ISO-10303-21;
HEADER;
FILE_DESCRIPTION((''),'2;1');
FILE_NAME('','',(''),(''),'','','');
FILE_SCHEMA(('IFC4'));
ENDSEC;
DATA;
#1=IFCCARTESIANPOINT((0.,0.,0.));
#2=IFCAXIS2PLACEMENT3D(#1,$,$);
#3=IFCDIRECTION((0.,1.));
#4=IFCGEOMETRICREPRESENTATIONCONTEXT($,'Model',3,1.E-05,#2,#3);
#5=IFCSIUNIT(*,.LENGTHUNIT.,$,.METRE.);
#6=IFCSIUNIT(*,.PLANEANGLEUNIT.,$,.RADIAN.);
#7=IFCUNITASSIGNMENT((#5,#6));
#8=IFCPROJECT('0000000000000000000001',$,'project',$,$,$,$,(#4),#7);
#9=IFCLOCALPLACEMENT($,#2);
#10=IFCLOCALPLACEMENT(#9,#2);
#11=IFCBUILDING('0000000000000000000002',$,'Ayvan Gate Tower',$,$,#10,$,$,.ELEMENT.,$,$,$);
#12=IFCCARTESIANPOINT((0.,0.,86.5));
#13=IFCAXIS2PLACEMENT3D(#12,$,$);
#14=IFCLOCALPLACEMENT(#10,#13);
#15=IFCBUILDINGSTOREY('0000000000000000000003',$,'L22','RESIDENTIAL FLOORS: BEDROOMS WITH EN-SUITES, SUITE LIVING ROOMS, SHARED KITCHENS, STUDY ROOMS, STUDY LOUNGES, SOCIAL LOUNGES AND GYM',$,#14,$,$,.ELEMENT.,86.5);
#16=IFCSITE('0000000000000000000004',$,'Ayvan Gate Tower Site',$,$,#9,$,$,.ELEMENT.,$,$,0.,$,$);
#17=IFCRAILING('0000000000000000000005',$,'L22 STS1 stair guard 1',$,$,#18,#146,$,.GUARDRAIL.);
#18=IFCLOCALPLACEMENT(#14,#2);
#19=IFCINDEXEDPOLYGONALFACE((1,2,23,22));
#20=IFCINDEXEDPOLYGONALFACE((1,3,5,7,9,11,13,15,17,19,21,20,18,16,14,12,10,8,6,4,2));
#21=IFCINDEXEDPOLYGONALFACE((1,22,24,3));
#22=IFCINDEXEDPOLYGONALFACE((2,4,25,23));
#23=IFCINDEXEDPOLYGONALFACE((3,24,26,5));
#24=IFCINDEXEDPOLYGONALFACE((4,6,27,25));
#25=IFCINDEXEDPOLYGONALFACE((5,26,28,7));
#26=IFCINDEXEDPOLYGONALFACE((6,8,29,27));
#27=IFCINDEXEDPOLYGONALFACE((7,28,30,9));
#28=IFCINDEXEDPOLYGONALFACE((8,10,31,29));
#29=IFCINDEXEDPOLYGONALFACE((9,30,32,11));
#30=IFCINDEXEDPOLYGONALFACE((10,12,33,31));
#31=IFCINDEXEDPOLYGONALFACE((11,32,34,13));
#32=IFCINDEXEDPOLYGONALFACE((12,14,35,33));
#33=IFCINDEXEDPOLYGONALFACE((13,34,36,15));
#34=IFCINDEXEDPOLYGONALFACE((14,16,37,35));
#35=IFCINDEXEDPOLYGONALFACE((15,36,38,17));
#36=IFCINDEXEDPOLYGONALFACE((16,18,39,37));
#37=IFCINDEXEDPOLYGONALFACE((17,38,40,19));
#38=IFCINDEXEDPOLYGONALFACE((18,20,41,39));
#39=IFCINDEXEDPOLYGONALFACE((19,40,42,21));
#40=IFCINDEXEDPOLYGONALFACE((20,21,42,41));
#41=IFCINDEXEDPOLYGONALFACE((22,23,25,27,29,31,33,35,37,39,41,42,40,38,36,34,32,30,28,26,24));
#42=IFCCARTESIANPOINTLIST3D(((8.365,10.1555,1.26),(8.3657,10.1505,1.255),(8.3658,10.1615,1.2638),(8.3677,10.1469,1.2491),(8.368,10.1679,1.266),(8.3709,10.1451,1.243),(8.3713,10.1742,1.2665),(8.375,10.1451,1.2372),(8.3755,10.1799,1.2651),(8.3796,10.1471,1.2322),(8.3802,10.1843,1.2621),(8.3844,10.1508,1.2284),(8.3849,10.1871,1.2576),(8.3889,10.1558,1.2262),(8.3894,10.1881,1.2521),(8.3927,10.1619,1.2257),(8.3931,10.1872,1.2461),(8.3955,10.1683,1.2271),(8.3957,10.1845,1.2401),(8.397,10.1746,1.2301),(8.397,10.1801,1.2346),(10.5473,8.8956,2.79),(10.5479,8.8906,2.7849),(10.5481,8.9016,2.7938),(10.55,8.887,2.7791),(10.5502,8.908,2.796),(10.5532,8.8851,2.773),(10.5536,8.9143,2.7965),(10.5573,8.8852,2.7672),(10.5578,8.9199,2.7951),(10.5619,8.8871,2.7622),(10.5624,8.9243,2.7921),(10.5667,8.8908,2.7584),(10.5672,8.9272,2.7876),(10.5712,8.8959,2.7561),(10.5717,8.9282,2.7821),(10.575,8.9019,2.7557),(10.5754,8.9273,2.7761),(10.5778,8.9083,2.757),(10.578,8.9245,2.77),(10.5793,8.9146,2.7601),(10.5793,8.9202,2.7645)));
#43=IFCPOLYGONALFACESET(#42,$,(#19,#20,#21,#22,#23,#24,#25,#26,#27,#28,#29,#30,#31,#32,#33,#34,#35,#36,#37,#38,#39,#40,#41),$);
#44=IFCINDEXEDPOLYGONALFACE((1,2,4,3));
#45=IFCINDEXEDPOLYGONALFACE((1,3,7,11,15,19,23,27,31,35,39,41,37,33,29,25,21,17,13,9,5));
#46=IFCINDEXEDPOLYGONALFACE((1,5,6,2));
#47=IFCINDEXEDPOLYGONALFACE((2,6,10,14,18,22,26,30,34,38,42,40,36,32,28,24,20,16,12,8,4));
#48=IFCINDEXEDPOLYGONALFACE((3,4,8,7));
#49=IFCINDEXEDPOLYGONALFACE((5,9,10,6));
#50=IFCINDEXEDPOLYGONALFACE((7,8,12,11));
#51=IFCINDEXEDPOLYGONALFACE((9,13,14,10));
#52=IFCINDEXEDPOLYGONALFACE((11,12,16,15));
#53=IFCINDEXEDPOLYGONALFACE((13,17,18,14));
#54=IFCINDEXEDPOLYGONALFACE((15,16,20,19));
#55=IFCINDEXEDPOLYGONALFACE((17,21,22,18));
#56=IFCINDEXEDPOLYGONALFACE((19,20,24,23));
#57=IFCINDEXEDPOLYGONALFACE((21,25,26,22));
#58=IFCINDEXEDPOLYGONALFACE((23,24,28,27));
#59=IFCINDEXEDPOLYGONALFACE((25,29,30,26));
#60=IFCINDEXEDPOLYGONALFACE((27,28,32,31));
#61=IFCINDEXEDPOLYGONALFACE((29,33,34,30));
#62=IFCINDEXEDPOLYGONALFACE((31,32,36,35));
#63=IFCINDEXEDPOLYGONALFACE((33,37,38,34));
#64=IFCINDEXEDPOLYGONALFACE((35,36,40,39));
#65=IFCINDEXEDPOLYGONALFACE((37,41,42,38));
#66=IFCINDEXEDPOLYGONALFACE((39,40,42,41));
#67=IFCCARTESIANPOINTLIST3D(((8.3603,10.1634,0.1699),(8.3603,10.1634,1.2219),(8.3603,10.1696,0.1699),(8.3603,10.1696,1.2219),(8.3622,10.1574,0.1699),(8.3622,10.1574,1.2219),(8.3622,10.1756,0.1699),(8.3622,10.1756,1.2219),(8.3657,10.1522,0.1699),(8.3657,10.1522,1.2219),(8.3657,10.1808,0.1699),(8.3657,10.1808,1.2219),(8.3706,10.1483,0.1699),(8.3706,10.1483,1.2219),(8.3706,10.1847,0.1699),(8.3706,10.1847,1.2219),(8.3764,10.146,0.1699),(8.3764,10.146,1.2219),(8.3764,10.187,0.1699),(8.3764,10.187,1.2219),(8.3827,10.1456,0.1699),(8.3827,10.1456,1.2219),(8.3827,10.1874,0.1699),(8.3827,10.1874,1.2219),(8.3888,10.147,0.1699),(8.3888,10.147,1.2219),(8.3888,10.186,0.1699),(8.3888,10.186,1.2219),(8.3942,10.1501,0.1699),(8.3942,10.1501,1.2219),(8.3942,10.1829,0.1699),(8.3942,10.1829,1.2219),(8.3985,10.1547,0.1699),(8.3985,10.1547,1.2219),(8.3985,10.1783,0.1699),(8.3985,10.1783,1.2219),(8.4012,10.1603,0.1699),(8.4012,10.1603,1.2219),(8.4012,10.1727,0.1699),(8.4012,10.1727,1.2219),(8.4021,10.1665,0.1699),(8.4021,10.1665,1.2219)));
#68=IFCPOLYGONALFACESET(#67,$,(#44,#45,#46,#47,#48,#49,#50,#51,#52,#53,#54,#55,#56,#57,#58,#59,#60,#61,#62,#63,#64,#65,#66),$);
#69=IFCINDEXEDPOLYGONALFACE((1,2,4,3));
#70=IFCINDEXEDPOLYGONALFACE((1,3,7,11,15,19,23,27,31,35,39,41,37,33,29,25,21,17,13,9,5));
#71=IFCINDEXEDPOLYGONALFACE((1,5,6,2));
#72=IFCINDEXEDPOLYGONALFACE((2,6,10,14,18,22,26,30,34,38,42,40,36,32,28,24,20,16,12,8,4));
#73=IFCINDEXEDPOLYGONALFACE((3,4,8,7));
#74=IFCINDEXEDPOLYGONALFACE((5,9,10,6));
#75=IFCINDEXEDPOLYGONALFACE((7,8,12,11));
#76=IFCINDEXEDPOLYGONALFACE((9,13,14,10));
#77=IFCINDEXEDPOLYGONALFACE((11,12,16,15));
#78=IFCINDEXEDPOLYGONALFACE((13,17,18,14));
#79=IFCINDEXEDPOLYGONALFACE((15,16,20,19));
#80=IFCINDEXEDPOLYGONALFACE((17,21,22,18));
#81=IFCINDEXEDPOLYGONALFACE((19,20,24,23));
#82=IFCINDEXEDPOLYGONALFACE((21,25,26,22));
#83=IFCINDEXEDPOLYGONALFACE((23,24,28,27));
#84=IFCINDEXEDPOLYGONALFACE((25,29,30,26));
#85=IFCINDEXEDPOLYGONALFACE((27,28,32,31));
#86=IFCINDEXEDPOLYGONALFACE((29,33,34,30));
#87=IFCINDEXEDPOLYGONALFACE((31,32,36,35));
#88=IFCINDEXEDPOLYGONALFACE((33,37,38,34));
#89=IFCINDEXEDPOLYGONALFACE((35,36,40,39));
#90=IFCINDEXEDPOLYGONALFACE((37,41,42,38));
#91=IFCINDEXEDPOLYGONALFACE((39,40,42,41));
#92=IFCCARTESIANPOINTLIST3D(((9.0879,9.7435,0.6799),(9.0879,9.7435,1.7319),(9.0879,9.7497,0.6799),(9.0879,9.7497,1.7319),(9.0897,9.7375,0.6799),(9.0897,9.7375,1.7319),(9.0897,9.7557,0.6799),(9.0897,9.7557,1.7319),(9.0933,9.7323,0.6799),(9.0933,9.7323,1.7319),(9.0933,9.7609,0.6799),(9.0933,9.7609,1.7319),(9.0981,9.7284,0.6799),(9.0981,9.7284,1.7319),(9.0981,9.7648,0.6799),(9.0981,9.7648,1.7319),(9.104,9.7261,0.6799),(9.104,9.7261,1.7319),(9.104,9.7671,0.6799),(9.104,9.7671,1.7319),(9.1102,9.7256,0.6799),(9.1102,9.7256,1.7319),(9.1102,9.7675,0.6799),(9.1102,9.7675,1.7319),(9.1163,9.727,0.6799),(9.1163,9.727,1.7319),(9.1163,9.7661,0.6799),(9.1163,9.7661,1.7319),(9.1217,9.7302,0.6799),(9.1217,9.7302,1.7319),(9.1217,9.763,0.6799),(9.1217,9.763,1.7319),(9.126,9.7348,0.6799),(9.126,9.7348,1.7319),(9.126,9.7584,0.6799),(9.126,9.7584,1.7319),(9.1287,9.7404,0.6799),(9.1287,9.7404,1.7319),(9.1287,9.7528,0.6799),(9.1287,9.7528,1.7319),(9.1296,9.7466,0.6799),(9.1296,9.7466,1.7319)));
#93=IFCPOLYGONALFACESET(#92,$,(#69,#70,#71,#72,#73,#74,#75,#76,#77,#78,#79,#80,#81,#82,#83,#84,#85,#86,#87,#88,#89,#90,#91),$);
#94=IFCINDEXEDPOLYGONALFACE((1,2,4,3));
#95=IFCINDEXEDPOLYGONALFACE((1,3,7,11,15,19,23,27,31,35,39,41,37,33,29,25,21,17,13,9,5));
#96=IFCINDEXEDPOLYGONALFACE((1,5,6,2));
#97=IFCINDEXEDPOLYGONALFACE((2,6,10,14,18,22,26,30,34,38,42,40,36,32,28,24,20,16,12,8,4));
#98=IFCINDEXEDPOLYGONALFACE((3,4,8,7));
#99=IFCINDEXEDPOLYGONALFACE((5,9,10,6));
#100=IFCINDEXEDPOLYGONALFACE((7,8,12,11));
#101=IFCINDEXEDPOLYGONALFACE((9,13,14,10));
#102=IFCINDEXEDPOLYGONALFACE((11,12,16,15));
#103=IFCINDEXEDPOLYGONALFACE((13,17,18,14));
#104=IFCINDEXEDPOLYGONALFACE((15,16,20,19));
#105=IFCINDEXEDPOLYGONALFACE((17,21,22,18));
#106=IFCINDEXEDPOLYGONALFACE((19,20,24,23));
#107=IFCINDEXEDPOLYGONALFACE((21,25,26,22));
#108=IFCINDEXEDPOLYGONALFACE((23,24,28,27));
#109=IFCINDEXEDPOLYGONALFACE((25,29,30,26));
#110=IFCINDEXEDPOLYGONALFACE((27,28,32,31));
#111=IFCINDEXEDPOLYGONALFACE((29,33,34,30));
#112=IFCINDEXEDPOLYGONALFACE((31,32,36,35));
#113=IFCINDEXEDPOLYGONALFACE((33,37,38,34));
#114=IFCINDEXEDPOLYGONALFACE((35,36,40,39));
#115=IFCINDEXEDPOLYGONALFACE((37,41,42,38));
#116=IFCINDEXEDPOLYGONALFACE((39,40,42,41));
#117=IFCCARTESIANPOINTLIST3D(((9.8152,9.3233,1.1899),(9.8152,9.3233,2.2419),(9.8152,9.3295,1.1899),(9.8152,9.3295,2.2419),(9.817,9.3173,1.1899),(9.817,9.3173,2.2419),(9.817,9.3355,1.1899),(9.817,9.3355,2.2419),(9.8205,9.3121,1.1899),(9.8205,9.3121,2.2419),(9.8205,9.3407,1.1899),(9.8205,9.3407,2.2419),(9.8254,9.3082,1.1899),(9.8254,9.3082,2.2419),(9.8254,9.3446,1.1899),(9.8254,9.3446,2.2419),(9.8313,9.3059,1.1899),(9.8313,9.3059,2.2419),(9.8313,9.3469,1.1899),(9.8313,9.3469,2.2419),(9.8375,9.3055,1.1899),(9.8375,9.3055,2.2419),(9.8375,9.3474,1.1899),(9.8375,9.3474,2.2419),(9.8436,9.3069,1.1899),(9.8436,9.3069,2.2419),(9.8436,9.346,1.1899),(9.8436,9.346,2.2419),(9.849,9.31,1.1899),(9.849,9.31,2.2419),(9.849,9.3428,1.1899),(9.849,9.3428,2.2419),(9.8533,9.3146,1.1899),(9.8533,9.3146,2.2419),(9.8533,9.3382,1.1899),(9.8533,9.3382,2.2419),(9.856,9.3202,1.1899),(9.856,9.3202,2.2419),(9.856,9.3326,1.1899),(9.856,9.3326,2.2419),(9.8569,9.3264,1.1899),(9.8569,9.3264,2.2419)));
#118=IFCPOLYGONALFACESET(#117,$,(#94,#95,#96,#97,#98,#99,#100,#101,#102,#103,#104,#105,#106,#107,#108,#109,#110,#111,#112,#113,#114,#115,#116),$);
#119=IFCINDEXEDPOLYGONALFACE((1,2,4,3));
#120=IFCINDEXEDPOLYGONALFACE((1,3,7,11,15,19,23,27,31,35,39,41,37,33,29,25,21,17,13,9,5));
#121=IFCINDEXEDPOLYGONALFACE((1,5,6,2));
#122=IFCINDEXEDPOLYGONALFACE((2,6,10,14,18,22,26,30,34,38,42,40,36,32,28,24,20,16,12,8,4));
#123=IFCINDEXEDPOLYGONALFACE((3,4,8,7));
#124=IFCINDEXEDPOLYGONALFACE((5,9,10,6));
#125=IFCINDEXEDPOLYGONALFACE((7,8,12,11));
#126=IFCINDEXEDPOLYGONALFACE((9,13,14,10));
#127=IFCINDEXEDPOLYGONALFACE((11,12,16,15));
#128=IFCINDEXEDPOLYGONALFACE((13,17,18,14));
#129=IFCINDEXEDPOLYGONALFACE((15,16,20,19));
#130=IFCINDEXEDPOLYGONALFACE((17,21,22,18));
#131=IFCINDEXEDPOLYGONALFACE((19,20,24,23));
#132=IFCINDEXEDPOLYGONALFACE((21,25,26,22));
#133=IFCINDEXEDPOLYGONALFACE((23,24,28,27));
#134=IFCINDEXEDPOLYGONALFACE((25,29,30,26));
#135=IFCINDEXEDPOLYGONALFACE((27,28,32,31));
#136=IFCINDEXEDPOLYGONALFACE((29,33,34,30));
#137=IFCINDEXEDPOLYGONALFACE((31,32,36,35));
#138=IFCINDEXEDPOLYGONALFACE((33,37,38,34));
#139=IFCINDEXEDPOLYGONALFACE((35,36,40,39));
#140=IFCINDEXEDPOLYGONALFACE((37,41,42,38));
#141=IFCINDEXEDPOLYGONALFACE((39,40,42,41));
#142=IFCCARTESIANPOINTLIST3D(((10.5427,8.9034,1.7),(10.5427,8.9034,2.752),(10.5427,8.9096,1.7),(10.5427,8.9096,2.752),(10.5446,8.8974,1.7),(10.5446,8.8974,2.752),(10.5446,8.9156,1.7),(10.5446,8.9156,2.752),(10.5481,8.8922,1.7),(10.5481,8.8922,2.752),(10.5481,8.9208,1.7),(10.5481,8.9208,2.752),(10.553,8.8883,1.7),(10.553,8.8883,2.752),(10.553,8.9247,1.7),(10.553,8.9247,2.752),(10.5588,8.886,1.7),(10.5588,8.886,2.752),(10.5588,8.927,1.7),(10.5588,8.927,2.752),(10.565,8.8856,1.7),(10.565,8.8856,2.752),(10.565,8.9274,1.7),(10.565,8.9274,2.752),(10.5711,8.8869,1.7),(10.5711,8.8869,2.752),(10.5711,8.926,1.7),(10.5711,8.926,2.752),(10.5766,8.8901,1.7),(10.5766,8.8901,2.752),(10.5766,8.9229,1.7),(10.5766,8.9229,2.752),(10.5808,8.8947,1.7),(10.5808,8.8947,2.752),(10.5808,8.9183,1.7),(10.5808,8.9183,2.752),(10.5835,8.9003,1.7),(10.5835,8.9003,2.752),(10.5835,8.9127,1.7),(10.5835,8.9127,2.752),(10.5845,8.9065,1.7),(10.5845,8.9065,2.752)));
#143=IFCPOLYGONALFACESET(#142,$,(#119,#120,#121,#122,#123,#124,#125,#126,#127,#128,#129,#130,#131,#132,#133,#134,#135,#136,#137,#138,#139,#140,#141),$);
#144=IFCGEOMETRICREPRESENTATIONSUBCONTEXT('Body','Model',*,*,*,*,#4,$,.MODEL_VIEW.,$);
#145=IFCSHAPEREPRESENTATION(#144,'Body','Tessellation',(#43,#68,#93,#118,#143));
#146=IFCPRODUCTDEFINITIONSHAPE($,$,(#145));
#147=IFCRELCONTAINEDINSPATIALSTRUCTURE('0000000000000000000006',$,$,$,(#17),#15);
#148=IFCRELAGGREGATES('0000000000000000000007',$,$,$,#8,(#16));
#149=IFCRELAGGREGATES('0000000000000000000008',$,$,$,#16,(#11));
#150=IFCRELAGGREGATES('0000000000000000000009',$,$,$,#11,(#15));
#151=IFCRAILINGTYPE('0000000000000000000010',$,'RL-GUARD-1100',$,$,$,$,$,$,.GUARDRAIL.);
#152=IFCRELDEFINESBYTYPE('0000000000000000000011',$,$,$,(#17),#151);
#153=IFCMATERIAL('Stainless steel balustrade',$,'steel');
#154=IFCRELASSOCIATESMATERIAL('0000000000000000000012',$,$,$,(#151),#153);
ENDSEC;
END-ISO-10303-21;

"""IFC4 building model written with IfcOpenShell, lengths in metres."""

from ifc_helpers import new_model, si_unit, direction, frame, origin, origin_2d, place, context, subcontext, project, spatial, circle, extrude, material, type_object, element, save


model = new_model("IFC4")

# Units and contexts
model_context = context("Model", 3, precision=1e-05, world=origin(), true_north=direction((0.0, 1.0)))
body_context = subcontext(model_context, "Body", "Model", "MODEL_VIEW")
ifc_project = project(units=[si_unit("LENGTHUNIT", "METRE"), si_unit("PLANEANGLEUNIT", "RADIAN")], contexts=[model_context])

# Site, building, storey
site_placement = place(None, origin())
site = spatial("IfcSite", under=ifc_project, at=site_placement, Name="Ayvan Gate Tower Site", CompositionType="ELEMENT", RefElevation=0.0)
building_placement = place(site_placement, origin())
building = spatial("IfcBuilding", under=site, at=building_placement, Name="Ayvan Gate Tower", CompositionType="ELEMENT")
storey_placement = place(building_placement, frame((0.0, 0.0, 86.5)))
storey = spatial("IfcBuildingStorey", under=building, at=storey_placement, Name="L22", Description="RESIDENTIAL FLOORS: BEDROOMS WITH EN-SUITES, SUITE LIVING ROOMS, SHARED KITCHENS, STUDY ROOMS, STUDY LOUNGES, SOCIAL LOUNGES AND GYM", CompositionType="ELEMENT", Elevation=86.5)

# Railing
ifc_material_1 = material(Name="Stainless steel balustrade", Category="steel")
railing_type_1 = type_object("IfcRailingType", Name="RL-GUARD-1100", PredefinedType="GUARDRAIL", material=ifc_material_1)
railing_1_placement = place(storey_placement, frame((8.3811, 10.1665, 0.1699)))
element("IfcRailing", 1, at=railing_1_placement, inside=storey, type_object=railing_type_1, Name="L22 STS1 stair guard 1", PredefinedType="GUARDRAIL", context=body_context, shape_type="SweptSolid", body=[
    extrude(circle(Radius=0.0239, at=origin_2d()), frame((0.0, 0.0, 1.0762), z_axis=(0.740261, -0.427395, 0.518986), x_axis=(0.500005, 0.866023, 0.0)), (0.0, 0.0, 1.0), 2.948),
    extrude(circle(Radius=0.021, at=origin_2d()), origin(), (0.0, 0.0, 1.0), 1.052),
    extrude(circle(Radius=0.021, at=origin_2d()), frame((0.7275, -0.4199, 0.51)), (0.0, 0.0, 1.0), 1.052),
    extrude(circle(Radius=0.021, at=origin_2d()), frame((1.4548, -0.8401, 1.02)), (0.0, 0.0, 1.0), 1.052),
    extrude(circle(Radius=0.021, at=origin_2d()), frame((2.1824, -1.26, 1.53)), (0.0, 0.0, 1.0), 1.052),
])

save(model, "model.ifc")
